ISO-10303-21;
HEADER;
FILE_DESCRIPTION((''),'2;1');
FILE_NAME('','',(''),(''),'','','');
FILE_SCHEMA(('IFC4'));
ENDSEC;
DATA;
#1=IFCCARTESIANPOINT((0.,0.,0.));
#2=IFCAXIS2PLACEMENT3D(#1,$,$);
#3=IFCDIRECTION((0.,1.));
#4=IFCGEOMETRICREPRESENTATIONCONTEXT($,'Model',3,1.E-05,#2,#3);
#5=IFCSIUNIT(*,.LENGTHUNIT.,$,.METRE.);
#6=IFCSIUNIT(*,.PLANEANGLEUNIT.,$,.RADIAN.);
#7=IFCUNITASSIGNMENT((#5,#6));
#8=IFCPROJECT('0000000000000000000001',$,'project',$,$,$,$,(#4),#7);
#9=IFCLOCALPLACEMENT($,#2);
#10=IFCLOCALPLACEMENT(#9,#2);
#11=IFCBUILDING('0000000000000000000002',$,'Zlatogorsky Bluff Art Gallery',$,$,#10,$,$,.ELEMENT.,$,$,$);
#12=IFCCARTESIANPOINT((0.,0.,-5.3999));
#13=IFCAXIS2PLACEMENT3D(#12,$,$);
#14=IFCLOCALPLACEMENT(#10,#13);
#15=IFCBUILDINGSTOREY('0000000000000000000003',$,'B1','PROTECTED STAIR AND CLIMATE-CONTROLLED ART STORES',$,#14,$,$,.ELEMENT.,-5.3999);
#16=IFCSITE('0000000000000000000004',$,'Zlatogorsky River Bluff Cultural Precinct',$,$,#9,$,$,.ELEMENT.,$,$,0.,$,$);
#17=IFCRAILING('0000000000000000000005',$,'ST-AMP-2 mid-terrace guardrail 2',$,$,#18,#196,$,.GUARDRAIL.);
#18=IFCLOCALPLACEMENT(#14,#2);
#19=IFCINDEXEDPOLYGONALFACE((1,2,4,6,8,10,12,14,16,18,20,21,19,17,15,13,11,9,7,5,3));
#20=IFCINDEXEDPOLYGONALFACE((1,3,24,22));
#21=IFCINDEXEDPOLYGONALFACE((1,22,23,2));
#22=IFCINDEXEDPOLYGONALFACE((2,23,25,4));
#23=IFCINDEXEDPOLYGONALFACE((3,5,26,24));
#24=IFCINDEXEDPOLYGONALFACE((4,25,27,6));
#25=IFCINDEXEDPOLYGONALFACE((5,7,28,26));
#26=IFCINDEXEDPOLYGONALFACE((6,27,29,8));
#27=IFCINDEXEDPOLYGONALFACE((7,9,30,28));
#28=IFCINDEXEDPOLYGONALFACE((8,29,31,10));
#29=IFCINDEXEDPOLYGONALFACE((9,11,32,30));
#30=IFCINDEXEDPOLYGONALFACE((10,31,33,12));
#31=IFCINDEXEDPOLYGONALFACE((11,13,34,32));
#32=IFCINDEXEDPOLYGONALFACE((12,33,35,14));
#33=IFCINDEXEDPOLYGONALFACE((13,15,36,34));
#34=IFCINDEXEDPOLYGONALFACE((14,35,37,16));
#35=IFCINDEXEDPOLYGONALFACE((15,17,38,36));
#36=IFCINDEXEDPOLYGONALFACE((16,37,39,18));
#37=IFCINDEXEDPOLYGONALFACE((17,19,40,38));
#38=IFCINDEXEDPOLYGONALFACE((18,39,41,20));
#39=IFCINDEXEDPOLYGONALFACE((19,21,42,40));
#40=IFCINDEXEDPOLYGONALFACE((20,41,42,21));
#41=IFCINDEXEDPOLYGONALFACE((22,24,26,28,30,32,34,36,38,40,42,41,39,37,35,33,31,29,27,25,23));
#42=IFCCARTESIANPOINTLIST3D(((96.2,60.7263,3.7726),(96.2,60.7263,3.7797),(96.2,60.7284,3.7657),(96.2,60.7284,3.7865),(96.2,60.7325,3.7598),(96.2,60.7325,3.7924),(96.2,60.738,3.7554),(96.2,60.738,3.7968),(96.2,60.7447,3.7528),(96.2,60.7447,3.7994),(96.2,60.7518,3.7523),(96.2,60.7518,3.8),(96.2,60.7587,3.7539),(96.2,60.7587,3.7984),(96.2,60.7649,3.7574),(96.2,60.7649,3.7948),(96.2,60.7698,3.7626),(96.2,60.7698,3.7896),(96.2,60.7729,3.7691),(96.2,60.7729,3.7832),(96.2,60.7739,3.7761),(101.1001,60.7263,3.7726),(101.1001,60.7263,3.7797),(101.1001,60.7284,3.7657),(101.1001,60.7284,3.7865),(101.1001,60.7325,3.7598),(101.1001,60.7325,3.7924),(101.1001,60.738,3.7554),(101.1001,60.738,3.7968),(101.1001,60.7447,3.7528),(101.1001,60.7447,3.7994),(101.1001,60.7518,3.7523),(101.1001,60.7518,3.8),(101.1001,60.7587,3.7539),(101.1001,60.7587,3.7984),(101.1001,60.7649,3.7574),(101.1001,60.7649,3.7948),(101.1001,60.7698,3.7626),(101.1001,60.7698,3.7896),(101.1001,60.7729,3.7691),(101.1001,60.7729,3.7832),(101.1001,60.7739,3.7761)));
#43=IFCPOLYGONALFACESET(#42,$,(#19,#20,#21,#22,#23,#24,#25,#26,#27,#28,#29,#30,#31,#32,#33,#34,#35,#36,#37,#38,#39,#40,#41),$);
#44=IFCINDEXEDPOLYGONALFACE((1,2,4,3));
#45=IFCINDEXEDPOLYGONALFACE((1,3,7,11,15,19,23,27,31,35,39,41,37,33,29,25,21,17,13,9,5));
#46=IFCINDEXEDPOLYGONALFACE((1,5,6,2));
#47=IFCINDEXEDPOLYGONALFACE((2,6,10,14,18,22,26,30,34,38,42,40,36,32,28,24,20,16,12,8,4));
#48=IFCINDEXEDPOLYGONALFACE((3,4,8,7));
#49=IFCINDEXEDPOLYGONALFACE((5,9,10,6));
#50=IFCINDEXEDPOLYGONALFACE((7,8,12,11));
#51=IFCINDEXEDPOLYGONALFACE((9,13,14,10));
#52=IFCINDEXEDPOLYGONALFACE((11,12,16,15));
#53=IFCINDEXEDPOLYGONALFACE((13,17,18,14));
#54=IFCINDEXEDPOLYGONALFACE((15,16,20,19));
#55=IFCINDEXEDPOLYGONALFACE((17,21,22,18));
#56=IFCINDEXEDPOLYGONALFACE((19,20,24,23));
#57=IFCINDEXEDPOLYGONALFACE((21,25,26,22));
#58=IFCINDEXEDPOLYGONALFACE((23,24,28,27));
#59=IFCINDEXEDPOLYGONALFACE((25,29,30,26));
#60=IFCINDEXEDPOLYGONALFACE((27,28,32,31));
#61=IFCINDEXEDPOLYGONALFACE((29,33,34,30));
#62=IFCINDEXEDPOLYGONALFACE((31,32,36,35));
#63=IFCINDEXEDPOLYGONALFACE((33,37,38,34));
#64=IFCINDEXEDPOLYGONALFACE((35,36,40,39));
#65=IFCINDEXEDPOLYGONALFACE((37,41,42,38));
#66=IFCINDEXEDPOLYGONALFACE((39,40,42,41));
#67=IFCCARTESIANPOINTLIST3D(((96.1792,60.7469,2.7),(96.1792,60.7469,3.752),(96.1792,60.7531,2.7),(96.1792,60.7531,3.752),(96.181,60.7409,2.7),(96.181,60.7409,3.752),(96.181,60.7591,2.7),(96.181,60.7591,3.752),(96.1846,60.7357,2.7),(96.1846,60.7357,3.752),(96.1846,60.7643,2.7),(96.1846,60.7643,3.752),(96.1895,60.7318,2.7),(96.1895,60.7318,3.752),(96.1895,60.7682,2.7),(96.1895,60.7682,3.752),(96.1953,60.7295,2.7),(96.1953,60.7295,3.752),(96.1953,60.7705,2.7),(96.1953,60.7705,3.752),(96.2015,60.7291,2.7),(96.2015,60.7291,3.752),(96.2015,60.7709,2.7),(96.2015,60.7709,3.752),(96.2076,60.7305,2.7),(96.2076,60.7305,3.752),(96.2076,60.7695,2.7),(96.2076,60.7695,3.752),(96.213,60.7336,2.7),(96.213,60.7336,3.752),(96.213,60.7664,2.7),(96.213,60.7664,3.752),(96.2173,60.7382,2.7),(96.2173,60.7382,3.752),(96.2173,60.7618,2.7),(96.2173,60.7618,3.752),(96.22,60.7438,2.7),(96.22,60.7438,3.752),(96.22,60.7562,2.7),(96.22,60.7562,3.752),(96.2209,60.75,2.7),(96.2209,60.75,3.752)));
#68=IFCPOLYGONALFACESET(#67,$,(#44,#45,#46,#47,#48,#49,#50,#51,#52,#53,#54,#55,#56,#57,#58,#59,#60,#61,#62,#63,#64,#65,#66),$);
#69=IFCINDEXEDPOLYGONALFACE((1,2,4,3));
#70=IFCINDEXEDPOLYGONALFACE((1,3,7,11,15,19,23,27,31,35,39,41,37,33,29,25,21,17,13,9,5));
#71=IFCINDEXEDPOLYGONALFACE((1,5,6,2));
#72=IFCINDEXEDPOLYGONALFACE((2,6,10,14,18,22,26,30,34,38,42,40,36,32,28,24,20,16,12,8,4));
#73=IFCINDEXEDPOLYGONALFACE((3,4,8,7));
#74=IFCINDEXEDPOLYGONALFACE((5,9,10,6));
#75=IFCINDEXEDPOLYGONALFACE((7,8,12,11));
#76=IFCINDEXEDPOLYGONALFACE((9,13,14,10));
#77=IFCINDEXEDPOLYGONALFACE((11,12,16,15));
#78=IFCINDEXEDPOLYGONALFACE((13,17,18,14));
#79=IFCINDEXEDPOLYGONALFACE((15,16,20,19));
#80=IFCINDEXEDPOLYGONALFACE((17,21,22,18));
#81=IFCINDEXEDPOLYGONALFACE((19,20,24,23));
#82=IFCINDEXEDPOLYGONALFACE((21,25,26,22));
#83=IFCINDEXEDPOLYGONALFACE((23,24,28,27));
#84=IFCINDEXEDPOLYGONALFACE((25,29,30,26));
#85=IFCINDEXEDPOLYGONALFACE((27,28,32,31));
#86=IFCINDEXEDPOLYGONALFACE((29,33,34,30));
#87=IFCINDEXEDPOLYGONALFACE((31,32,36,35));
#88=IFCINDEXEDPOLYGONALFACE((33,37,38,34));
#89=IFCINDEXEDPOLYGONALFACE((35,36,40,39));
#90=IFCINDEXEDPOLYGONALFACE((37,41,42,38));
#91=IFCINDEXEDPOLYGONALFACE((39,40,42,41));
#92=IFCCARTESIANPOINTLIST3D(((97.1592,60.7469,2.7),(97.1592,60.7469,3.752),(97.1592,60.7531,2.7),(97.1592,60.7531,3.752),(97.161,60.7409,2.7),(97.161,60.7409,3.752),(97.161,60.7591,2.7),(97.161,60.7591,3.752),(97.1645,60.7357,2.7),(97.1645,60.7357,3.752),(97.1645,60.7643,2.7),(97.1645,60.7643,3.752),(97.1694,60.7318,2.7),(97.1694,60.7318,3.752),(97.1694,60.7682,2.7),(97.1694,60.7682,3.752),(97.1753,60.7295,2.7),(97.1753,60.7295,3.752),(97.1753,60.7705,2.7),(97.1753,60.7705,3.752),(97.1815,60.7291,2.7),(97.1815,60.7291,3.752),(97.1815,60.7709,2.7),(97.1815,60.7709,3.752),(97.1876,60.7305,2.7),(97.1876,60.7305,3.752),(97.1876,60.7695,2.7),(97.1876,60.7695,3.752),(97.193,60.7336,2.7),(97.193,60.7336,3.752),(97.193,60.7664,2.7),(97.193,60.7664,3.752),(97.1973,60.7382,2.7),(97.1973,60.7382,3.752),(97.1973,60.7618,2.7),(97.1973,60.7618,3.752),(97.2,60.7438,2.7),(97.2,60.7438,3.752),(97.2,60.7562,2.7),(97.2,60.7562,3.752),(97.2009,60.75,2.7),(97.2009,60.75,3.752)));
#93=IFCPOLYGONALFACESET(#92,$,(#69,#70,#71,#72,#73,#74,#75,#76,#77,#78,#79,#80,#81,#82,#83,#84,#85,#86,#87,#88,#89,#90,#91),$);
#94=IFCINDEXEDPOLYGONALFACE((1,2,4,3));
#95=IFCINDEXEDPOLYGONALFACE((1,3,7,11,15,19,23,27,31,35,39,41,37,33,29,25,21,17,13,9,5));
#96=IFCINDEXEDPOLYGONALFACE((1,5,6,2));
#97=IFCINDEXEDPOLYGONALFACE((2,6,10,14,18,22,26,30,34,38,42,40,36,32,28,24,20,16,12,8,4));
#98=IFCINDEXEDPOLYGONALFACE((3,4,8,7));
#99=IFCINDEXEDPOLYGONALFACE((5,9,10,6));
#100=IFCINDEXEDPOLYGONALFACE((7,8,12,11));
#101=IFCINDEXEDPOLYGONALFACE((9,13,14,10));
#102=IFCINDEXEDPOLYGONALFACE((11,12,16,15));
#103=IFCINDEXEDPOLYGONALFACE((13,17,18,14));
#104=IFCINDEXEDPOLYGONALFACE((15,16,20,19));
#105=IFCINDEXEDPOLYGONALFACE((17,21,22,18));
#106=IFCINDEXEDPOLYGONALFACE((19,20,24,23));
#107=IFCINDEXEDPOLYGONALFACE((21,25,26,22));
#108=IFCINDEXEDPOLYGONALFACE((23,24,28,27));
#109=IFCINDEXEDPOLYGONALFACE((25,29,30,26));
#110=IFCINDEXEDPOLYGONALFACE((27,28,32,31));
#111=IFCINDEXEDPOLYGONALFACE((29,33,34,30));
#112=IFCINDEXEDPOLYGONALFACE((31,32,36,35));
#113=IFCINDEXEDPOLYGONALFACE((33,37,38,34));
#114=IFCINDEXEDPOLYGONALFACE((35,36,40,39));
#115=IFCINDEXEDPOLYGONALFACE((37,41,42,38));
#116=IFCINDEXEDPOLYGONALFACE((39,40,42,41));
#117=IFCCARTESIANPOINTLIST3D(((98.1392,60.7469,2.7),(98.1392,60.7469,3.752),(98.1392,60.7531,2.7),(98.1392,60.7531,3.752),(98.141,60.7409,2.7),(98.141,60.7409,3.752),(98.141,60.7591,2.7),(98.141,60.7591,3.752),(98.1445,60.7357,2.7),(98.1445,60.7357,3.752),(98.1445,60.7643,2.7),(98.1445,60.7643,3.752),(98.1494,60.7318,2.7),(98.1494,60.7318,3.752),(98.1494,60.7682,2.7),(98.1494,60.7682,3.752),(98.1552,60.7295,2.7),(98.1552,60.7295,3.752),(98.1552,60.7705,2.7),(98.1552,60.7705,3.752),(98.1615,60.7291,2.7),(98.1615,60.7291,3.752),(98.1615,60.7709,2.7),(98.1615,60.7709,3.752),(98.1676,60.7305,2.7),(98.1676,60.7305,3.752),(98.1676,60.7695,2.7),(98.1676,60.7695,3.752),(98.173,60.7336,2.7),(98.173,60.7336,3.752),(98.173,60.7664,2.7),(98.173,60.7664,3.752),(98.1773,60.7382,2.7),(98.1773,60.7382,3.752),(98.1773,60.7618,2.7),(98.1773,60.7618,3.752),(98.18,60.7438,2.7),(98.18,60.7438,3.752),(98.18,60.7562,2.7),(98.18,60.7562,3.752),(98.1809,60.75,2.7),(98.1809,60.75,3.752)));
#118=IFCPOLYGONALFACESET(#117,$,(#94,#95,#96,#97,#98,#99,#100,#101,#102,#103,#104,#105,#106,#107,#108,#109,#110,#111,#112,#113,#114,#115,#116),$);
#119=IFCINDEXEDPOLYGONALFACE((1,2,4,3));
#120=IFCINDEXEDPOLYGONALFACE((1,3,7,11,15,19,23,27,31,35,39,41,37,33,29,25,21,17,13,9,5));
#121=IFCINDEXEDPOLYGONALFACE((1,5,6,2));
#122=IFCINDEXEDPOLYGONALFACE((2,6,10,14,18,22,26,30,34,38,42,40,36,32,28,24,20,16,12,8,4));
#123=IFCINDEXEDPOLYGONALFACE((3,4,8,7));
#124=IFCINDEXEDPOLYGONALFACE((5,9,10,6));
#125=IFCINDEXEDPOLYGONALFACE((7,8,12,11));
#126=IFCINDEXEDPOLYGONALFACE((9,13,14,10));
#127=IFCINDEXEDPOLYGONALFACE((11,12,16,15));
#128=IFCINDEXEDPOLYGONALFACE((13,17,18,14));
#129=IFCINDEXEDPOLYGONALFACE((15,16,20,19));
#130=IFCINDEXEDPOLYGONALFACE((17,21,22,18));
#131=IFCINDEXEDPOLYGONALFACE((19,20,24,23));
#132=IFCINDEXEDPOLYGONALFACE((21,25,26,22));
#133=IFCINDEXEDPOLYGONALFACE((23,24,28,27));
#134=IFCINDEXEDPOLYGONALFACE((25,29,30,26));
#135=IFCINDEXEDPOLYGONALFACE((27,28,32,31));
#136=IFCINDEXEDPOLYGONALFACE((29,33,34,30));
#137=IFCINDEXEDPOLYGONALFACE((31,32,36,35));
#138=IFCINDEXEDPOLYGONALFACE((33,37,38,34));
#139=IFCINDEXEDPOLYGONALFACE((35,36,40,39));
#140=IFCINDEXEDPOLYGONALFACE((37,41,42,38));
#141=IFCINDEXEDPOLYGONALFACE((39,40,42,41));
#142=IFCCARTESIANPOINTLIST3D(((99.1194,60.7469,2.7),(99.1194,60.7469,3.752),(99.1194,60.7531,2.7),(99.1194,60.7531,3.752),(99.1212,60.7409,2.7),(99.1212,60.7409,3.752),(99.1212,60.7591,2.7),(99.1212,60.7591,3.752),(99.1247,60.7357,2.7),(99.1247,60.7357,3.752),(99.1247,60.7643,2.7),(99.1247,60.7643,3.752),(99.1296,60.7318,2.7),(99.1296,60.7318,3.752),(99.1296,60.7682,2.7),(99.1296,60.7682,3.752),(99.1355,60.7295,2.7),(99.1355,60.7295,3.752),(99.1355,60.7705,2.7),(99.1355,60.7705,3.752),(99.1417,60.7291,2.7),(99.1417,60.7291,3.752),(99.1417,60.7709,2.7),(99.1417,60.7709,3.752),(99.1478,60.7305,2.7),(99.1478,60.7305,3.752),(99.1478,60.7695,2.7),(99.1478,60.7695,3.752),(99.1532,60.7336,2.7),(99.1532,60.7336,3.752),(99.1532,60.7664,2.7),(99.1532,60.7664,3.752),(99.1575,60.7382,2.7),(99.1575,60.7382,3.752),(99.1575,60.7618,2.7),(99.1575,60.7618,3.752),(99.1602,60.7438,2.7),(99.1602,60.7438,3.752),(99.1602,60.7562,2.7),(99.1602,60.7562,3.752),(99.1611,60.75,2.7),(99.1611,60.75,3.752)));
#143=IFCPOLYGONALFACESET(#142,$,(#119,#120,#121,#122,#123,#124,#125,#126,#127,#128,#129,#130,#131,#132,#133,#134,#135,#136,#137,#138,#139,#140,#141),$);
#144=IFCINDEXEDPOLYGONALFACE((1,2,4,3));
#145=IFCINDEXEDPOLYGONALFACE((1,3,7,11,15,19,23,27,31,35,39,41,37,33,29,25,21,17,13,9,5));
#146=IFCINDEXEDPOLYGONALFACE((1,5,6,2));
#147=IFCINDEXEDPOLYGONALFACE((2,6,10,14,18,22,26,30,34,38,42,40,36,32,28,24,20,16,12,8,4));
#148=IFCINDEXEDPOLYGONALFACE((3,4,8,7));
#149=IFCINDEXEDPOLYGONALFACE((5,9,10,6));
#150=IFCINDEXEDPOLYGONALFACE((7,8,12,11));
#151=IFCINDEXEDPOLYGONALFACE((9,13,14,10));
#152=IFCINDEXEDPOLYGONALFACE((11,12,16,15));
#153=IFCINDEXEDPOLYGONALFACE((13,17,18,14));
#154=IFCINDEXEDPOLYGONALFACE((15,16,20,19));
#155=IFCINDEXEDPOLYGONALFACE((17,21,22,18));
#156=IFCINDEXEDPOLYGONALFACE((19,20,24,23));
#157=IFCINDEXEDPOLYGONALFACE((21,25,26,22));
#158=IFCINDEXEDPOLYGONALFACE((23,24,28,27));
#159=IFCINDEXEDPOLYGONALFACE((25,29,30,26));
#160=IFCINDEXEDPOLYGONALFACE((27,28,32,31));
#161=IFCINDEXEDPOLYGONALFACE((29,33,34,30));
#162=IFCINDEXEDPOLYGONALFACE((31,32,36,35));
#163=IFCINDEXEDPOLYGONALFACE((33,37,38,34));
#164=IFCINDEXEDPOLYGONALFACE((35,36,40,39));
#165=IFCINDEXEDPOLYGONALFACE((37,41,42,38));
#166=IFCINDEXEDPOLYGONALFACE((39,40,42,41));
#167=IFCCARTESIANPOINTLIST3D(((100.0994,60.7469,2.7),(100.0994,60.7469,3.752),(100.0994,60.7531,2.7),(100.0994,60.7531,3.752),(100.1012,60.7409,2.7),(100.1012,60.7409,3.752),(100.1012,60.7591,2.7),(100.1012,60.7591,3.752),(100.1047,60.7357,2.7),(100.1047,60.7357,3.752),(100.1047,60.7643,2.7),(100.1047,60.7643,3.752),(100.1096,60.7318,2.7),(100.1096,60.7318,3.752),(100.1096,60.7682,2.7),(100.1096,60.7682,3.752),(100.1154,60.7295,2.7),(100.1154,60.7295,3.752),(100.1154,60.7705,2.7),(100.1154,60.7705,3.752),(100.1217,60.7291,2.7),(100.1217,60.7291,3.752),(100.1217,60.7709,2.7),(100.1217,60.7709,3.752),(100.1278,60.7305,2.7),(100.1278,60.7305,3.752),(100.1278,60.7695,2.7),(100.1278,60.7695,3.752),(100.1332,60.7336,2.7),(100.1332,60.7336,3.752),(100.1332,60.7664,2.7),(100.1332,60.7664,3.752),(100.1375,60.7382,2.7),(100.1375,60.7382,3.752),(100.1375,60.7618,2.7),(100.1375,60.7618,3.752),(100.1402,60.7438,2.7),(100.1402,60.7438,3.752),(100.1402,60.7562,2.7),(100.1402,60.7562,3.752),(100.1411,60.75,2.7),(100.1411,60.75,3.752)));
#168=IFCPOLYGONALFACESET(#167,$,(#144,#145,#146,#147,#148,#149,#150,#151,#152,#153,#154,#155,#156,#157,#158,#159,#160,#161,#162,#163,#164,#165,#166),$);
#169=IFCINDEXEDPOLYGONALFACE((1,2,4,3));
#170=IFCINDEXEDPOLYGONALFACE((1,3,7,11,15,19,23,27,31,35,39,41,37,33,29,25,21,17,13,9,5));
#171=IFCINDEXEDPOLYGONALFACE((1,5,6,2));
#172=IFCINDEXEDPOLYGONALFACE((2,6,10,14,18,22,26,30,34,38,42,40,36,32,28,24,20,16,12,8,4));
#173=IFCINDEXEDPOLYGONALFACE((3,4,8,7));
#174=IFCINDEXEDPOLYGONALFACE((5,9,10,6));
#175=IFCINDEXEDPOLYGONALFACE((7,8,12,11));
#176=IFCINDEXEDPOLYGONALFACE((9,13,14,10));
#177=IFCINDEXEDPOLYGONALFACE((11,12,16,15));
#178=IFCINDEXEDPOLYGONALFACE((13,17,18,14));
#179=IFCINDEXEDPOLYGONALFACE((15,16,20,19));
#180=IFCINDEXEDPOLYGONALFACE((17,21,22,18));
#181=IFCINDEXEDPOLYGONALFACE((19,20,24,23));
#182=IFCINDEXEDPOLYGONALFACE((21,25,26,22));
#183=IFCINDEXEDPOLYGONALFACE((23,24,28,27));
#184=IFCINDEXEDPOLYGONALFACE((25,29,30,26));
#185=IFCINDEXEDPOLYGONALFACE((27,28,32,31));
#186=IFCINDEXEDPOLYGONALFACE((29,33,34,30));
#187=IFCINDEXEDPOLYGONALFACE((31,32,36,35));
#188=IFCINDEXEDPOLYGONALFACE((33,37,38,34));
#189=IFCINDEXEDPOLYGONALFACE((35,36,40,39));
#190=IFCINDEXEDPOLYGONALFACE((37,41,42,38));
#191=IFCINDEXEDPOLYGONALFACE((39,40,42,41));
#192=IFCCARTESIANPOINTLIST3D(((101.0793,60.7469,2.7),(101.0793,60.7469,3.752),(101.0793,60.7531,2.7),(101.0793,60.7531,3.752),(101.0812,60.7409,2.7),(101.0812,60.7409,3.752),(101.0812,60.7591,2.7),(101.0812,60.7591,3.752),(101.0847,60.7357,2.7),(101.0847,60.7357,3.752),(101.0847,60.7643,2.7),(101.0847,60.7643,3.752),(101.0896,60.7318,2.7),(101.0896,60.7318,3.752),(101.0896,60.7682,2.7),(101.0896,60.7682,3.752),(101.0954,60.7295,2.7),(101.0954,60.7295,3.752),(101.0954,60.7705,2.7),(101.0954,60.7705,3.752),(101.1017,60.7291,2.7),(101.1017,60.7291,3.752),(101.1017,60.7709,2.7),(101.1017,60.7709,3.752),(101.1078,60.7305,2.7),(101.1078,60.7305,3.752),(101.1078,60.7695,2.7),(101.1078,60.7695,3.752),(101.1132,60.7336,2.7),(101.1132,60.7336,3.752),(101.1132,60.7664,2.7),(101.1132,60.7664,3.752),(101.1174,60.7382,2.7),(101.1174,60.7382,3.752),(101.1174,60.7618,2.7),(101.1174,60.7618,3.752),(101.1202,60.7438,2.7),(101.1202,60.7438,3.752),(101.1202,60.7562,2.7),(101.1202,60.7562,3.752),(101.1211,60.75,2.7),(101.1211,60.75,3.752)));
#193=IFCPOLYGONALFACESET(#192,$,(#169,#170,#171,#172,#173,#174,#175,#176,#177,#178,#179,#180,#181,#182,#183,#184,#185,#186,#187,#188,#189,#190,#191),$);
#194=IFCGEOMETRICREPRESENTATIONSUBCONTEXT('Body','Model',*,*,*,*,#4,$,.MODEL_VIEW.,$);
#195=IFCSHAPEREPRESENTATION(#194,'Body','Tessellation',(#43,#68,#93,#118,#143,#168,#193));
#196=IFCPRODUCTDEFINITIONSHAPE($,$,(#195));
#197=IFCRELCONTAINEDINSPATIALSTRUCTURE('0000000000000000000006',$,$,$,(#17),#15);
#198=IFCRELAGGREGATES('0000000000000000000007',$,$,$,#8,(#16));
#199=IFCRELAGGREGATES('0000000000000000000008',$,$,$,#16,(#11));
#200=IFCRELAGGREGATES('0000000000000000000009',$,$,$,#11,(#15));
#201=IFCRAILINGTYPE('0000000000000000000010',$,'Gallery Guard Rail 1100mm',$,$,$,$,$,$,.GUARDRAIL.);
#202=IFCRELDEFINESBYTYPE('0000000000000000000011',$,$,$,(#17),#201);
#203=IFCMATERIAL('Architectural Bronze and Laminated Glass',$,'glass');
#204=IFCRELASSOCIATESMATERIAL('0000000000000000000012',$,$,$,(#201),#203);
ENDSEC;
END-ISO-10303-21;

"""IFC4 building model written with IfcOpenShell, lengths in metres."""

from ifc_helpers import new_model, si_unit, direction, frame, origin, origin_2d, place, context, subcontext, project, spatial, circle, extrude, material, type_object, element, save


model = new_model("IFC4")

# Units and contexts
model_context = context("Model", 3, precision=1e-05, world=origin(), true_north=direction((0.0, 1.0)))
body_context = subcontext(model_context, "Body", "Model", "MODEL_VIEW")
ifc_project = project(units=[si_unit("LENGTHUNIT", "METRE"), si_unit("PLANEANGLEUNIT", "RADIAN")], contexts=[model_context])

# Site, building, storey
site_placement = place(None, origin())
site = spatial("IfcSite", under=ifc_project, at=site_placement, Name="Zlatogorsky River Bluff Cultural Precinct", CompositionType="ELEMENT", RefElevation=0.0)
building_placement = place(site_placement, origin())
building = spatial("IfcBuilding", under=site, at=building_placement, Name="Zlatogorsky Bluff Art Gallery", CompositionType="ELEMENT")
storey_placement = place(building_placement, frame((0.0, 0.0, -5.3999)))
storey = spatial("IfcBuildingStorey", under=building, at=storey_placement, Name="B1", Description="PROTECTED STAIR AND CLIMATE-CONTROLLED ART STORES", CompositionType="ELEMENT", Elevation=-5.3999)

# Railing
ifc_material_1 = material(Name="Architectural Bronze and Laminated Glass", Category="glass")
railing_type_1 = type_object("IfcRailingType", Name="Gallery Guard Rail 1100mm", PredefinedType="GUARDRAIL", material=ifc_material_1)
railing_1_placement = place(storey_placement, frame((96.2, 60.75, 2.7)))
element("IfcRailing", 1, at=railing_1_placement, inside=storey, type_object=railing_type_1, Name="ST-AMP-2 mid-terrace guardrail 2", PredefinedType="GUARDRAIL", context=body_context, shape_type="SweptSolid", body=[
    extrude(circle(Radius=0.0239, at=origin_2d()), frame((0.0, 0.0, 1.0762), z_axis=(1.0, 0.0, 0.0), x_axis=(0.0, 1.0, 0.0)), (0.0, 0.0, 1.0), 4.9001),
    extrude(circle(Radius=0.021, at=origin_2d()), origin(), (0.0, 0.0, 1.0), 1.052),
    extrude(circle(Radius=0.021, at=origin_2d()), frame((0.98, 0.0, 0.0)), (0.0, 0.0, 1.0), 1.052),
    extrude(circle(Radius=0.021, at=origin_2d()), frame((1.96, 0.0, 0.0)), (0.0, 0.0, 1.0), 1.052),
    extrude(circle(Radius=0.021, at=origin_2d()), frame((2.9402, 0.0, 0.0)), (0.0, 0.0, 1.0), 1.052),
    extrude(circle(Radius=0.021, at=origin_2d()), frame((3.9202, 0.0, 0.0)), (0.0, 0.0, 1.0), 1.052),
    extrude(circle(Radius=0.021, at=origin_2d()), frame((4.9001, 0.0, 0.0)), (0.0, 0.0, 1.0), 1.052),
])

save(model, "model.ifc")
